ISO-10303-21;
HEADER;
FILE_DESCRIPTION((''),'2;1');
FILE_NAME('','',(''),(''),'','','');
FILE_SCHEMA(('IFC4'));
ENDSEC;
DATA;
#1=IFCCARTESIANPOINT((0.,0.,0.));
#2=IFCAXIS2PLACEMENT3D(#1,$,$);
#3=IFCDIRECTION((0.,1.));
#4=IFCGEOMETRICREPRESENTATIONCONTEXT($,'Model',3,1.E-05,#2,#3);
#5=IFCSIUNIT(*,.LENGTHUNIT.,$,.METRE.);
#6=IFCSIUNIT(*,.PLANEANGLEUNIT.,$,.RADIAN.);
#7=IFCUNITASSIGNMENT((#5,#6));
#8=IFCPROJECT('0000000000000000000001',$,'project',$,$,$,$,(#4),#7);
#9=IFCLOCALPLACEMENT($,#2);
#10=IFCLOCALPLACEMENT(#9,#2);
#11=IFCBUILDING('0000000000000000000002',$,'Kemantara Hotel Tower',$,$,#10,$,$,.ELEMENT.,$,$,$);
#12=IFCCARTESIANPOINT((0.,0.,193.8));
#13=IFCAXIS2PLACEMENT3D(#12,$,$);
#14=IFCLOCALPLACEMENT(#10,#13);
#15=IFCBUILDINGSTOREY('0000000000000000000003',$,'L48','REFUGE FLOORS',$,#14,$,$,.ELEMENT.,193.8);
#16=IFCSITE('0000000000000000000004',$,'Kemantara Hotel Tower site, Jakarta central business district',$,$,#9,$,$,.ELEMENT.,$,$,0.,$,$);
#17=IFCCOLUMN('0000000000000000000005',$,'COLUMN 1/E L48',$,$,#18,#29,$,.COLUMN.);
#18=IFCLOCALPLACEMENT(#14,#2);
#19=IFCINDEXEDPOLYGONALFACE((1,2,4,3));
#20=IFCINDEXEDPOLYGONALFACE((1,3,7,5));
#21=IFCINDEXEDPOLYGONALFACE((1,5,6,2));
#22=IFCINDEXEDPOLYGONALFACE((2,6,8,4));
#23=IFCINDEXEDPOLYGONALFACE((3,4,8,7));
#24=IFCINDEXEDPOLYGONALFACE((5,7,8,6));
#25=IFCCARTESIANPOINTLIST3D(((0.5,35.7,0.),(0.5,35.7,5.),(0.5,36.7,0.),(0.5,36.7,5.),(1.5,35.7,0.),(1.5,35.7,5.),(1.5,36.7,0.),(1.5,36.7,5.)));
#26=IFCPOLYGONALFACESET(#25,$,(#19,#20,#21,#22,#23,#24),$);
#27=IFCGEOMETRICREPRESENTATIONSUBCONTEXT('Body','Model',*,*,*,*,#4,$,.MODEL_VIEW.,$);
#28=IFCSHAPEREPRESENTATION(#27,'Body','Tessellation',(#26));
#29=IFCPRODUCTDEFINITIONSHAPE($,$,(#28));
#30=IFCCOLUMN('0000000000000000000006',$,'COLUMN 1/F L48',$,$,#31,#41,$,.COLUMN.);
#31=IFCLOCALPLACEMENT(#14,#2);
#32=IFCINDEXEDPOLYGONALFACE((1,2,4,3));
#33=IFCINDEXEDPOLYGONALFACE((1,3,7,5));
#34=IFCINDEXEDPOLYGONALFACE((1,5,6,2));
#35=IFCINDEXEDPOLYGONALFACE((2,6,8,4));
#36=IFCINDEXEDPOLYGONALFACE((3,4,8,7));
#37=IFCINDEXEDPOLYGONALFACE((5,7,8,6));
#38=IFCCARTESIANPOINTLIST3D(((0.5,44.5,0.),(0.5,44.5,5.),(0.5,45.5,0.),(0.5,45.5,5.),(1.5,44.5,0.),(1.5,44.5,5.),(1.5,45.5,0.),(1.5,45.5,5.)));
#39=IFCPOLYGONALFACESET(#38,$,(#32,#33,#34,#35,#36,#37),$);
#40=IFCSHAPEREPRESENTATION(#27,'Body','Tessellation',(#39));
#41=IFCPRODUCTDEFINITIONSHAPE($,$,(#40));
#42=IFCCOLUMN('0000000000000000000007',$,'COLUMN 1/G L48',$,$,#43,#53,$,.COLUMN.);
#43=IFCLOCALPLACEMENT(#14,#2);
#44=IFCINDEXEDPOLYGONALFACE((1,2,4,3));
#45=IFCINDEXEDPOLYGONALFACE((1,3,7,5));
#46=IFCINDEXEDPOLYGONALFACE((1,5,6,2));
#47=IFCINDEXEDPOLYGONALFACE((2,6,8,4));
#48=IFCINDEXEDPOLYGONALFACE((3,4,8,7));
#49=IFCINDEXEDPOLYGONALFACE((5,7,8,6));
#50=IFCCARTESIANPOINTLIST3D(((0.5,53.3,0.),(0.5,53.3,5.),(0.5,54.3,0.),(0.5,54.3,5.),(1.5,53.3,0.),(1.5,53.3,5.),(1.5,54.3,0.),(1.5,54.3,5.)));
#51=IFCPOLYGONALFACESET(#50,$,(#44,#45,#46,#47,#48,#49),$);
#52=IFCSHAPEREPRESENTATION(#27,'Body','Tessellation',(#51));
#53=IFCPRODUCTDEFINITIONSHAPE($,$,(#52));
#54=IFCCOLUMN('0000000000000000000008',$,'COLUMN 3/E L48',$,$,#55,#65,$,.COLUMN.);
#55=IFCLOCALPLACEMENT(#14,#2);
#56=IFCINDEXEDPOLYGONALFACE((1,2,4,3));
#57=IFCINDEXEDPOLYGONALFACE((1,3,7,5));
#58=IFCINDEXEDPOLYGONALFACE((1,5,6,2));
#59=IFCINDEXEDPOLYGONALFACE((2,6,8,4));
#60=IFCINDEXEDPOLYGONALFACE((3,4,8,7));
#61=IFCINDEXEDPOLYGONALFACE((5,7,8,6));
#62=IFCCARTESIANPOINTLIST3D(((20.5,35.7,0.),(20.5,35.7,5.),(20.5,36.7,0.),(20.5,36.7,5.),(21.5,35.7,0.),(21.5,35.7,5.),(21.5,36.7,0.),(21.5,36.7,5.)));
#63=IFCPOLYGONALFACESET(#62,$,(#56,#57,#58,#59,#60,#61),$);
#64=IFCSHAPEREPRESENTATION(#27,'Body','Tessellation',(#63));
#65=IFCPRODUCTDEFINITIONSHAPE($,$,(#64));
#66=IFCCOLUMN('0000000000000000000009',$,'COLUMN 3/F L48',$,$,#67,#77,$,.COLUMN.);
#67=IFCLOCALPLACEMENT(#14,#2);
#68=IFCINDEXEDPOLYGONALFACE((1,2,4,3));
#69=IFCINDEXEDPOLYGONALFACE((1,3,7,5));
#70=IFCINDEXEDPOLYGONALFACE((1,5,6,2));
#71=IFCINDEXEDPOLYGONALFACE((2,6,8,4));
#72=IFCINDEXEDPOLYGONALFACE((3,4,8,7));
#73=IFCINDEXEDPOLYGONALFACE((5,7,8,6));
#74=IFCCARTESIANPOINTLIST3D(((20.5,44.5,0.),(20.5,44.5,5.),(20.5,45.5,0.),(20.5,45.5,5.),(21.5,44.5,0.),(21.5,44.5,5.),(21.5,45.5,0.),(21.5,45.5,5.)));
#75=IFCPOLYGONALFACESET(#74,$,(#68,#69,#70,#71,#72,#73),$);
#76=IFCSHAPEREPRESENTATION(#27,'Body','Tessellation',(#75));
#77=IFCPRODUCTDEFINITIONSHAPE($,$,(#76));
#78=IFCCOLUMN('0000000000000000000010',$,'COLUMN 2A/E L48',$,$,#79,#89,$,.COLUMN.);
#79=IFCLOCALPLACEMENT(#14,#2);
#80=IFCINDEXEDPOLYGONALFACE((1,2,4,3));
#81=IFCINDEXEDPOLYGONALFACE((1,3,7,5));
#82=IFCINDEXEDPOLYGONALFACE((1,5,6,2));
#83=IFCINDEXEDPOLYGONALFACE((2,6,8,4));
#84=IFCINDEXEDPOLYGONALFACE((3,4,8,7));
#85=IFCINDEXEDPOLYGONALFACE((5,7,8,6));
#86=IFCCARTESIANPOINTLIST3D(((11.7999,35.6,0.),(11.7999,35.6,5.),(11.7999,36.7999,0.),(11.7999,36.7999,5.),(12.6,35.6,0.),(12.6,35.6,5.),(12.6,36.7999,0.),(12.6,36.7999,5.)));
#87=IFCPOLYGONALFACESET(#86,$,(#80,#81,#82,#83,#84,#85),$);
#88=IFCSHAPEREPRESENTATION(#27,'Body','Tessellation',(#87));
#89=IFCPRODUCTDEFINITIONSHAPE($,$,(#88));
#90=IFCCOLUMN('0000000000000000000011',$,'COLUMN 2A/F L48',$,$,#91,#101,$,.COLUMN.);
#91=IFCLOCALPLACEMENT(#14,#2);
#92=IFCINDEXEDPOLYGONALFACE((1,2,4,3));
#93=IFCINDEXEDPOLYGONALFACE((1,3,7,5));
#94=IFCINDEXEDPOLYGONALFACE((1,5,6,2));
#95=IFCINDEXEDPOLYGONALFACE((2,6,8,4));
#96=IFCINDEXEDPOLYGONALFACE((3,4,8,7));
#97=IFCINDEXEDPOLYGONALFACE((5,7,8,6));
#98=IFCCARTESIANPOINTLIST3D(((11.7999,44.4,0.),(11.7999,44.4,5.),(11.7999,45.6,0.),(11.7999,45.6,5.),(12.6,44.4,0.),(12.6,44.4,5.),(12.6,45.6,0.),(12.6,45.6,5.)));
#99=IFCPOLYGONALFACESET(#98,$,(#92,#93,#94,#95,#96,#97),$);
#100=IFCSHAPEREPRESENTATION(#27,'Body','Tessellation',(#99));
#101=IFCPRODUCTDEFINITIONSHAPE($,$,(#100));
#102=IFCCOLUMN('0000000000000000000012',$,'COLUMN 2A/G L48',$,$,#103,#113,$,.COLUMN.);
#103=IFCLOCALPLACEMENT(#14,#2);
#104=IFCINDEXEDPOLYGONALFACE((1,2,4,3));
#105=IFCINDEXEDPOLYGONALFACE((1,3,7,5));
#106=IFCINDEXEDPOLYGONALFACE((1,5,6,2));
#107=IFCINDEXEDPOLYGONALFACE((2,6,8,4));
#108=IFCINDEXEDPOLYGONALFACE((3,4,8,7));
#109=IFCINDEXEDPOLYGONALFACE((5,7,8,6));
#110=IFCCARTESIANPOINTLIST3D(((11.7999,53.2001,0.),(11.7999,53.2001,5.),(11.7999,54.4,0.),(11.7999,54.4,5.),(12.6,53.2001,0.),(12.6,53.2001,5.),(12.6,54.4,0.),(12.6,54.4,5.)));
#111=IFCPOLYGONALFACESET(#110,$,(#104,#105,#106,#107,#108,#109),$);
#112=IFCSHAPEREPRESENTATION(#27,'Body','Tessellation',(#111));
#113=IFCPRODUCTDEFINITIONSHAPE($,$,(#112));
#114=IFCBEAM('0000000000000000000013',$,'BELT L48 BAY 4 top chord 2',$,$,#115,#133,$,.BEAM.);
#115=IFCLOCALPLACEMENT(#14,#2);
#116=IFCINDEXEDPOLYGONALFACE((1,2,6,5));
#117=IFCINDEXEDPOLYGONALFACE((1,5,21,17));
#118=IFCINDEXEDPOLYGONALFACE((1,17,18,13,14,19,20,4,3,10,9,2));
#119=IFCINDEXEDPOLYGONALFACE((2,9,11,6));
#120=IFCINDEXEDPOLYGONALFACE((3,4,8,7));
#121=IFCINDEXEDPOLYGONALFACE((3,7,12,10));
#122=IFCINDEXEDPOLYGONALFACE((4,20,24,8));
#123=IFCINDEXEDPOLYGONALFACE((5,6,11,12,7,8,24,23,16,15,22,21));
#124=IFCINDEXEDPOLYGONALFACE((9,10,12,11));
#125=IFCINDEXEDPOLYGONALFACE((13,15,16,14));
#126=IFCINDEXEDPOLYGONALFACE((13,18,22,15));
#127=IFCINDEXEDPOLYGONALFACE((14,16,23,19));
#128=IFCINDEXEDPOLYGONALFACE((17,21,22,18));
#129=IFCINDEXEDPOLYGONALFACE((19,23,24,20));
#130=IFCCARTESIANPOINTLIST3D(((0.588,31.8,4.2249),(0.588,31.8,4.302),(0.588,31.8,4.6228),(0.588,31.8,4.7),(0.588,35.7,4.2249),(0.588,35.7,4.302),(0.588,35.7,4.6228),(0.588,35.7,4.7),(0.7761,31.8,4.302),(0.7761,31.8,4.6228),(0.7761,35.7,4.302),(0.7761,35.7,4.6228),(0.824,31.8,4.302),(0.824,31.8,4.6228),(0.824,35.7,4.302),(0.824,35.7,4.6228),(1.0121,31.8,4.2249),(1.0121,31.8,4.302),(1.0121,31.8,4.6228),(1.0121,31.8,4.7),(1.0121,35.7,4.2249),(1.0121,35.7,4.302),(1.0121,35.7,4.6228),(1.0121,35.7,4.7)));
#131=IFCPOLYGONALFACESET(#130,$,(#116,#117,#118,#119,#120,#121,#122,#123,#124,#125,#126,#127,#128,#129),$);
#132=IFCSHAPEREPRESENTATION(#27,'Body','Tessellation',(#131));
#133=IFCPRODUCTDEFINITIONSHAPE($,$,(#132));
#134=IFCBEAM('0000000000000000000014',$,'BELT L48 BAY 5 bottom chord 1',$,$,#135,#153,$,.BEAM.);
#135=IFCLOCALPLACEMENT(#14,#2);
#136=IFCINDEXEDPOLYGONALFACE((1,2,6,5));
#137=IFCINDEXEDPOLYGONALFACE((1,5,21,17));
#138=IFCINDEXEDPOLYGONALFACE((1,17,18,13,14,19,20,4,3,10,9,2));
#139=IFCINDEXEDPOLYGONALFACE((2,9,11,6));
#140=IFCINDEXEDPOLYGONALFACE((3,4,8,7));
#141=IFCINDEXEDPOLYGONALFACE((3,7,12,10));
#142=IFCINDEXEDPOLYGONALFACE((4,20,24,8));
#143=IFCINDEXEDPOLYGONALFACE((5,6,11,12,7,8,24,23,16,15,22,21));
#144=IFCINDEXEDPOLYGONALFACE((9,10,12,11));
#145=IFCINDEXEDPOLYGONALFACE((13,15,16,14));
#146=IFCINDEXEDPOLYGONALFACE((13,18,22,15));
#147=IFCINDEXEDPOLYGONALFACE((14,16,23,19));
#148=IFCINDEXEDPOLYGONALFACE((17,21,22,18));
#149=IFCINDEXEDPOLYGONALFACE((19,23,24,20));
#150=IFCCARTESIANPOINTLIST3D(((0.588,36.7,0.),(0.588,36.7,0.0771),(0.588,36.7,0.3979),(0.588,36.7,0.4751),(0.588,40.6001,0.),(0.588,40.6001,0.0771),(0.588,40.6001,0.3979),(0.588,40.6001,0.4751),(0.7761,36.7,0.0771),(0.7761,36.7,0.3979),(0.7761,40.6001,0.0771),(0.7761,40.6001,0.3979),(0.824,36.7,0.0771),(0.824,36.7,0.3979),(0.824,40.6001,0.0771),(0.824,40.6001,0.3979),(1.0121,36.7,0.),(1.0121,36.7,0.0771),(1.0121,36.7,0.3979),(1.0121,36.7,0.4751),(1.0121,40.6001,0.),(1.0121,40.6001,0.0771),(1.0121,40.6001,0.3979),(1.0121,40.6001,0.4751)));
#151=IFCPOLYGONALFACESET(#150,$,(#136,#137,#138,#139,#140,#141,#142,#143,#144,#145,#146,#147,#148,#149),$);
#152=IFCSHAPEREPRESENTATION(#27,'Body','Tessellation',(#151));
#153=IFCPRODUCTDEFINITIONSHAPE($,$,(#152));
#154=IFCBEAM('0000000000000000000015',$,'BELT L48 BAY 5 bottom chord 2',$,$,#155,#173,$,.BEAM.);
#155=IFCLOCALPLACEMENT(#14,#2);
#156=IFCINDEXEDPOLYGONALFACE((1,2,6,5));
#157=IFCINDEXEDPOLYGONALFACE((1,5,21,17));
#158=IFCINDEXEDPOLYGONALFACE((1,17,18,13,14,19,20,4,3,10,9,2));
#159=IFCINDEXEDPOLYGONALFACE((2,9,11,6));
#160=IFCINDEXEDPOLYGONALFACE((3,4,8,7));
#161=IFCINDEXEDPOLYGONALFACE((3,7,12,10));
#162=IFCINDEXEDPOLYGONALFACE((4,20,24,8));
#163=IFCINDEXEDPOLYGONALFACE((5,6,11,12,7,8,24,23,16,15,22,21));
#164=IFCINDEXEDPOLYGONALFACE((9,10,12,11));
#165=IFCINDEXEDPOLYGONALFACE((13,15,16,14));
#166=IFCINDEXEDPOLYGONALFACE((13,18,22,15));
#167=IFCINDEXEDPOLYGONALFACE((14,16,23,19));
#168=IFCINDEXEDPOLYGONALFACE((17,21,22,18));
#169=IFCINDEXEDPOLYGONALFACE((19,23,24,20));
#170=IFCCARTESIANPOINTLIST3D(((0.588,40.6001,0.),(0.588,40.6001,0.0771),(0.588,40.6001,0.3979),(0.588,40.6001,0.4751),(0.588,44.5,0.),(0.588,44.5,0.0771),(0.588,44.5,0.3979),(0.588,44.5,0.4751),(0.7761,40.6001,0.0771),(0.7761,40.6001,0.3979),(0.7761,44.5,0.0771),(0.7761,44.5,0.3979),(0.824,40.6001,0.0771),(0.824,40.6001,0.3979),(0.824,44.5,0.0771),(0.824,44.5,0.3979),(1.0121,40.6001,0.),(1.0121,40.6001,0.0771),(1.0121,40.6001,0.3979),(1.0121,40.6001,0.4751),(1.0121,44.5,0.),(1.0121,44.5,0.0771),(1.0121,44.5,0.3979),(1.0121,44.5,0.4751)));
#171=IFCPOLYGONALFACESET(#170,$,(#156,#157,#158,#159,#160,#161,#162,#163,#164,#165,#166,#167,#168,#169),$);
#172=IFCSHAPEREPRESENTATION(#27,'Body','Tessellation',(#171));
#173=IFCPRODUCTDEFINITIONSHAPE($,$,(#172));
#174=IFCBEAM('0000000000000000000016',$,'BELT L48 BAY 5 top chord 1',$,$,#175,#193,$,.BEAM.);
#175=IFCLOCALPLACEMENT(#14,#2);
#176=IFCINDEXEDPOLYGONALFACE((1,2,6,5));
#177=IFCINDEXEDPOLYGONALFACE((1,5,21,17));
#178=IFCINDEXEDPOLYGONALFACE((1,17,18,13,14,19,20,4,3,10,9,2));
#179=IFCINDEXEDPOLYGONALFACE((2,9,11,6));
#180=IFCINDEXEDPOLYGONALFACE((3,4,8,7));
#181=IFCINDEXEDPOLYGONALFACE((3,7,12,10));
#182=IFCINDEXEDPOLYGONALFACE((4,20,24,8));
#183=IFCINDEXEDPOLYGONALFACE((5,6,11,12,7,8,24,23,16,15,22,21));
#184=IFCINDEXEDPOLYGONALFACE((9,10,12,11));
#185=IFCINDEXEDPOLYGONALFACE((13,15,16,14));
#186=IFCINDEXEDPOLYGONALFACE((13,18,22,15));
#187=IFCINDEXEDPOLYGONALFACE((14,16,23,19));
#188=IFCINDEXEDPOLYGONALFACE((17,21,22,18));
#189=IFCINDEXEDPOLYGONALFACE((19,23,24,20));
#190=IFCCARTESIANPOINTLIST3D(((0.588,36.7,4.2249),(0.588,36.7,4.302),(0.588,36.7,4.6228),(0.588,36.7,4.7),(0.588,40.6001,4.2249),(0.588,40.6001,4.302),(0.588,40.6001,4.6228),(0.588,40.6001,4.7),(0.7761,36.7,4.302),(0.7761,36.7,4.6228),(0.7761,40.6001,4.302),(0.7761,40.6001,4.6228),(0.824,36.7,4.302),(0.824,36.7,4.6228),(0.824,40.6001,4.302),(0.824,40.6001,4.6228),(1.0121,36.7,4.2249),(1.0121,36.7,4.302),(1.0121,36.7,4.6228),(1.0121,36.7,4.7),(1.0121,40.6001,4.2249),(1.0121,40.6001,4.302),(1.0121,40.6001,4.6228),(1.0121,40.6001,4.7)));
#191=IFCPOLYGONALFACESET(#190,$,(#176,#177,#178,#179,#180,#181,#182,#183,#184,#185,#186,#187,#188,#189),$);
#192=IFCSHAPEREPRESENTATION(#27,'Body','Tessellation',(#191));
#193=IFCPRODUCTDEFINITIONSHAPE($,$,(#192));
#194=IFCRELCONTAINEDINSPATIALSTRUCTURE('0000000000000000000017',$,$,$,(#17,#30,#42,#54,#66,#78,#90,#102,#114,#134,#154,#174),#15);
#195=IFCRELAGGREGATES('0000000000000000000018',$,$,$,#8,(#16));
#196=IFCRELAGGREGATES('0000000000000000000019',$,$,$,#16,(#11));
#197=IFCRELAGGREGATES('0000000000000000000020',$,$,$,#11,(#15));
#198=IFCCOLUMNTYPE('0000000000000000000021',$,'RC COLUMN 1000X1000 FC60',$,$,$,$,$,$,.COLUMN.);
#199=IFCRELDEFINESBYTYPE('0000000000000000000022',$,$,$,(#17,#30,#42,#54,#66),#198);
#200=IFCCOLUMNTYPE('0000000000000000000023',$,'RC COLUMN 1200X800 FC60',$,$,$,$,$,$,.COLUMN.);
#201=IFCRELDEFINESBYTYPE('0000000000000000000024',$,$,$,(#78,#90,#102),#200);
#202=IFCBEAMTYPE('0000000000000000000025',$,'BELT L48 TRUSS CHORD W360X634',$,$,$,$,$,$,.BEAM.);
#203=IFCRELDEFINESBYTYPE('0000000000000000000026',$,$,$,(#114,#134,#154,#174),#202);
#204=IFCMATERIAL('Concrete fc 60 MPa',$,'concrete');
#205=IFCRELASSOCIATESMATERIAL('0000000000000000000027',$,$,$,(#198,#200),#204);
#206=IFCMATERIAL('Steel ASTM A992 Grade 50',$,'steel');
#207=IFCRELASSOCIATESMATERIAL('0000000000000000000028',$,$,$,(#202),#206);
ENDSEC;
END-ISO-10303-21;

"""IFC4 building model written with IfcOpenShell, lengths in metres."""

from ifc_helpers import new_model, si_unit, direction, frame, origin, origin_2d, place, context, subcontext, project, spatial, rectangle, i_section, extrude, material, material_profile, profile_set, type_object, element, save


model = new_model("IFC4")

# Units and contexts
model_context = context("Model", 3, precision=1e-05, world=origin(), true_north=direction((0.0, 1.0)))
body_context = subcontext(model_context, "Body", "Model", "MODEL_VIEW")
ifc_project = project(units=[si_unit("LENGTHUNIT", "METRE"), si_unit("PLANEANGLEUNIT", "RADIAN")], contexts=[model_context])

# Site, building, storey
site_placement = place(None, origin())
site = spatial("IfcSite", under=ifc_project, at=site_placement, Name="Kemantara Hotel Tower site, Jakarta central business district", CompositionType="ELEMENT", RefElevation=0.0)
building_placement = place(site_placement, origin())
building = spatial("IfcBuilding", under=site, at=building_placement, Name="Kemantara Hotel Tower", CompositionType="ELEMENT")
storey_placement = place(building_placement, frame((0.0, 0.0, 193.8)))
storey = spatial("IfcBuildingStorey", under=building, at=storey_placement, Name="L48", Description="REFUGE FLOORS", CompositionType="ELEMENT", Elevation=193.8)

# Columns
ifc_material_1 = material(Name="Concrete fc 60 MPa", Category="concrete")
ifc_material_profile_1 = material_profile(ifc_material_1, rectangle(XDim=1.0, YDim=1.0, at=origin_2d()), Name="RC 1000X1000")
ifc_profile_set_1 = profile_set([ifc_material_profile_1], Name="Concrete fc 60 MPa")
column_type_1 = type_object("IfcColumnType", Name="RC COLUMN 1000X1000 FC60", PredefinedType="COLUMN", material=ifc_profile_set_1)
for number, where, z_axis, x_axis, name in (
    (1, (1.0, 36.2, 0.0), (0.0, 0.0, 1.0), (1.0, 0.0, 0.0), "COLUMN 1/E L48"),
    (2, (1.0, 45.0, 0.0), (0.0, 0.0, 1.0), (1.0, 0.0, 0.0), "COLUMN 1/F L48"),
    (3, (1.0, 53.8, 0.0), (0.0, 0.0, 1.0), (1.0, 0.0, 0.0), "COLUMN 1/G L48"),
    (4, (21.0, 36.2, 0.0), (0.0, 0.0, 1.0), (1.0, 0.0, 0.0), "COLUMN 3/E L48"),
    (5, (21.0, 45.0, 0.0), (0.0, 0.0, 1.0), (1.0, 0.0, 0.0), "COLUMN 3/F L48"),
):
    element("IfcColumn", number, at=place(storey_placement, frame(where, z_axis=z_axis, x_axis=x_axis)), inside=storey, type_object=column_type_1, Name=name, PredefinedType="COLUMN", context=body_context, shape_type="SweptSolid", body=[
        extrude(rectangle(XDim=1.0, YDim=1.0, at=origin_2d()), origin(), (0.0, 0.0, 1.0), 5.0),
    ])
ifc_material_profile_2 = material_profile(ifc_material_1, rectangle(XDim=1.2, YDim=0.8, at=origin_2d()), Name="RC 1200X800")
ifc_profile_set_2 = profile_set([ifc_material_profile_2], Name="Concrete fc 60 MPa")
column_type_2 = type_object("IfcColumnType", Name="RC COLUMN 1200X800 FC60", PredefinedType="COLUMN", material=ifc_profile_set_2)
for number, where, z_axis, x_axis, name in (
    (6, (12.2, 36.2, 0.0), (0.0, 0.0, 1.0), (0.0, 1.0, 0.0), "COLUMN 2A/E L48"),
    (7, (12.2, 45.0, 0.0), (0.0, 0.0, 1.0), (0.0, 1.0, 0.0), "COLUMN 2A/F L48"),
    (8, (12.2, 53.8, 0.0), (0.0, 0.0, 1.0), (0.0, 1.0, 0.0), "COLUMN 2A/G L48"),
):
    element("IfcColumn", number, at=place(storey_placement, frame(where, z_axis=z_axis, x_axis=x_axis)), inside=storey, type_object=column_type_2, Name=name, PredefinedType="COLUMN", context=body_context, shape_type="SweptSolid", body=[
        extrude(rectangle(XDim=1.2, YDim=0.8, at=origin_2d()), origin(), (0.0, 0.0, 1.0), 5.0),
    ])

# Beams
ifc_material_2 = material(Name="Steel ASTM A992 Grade 50", Category="steel")
ifc_material_profile_3 = material_profile(ifc_material_2, i_section(OverallWidth=0.4241, OverallDepth=0.4751, WebThickness=0.0479, FlangeThickness=0.0771, at=origin_2d()), Name="W360X634")
ifc_profile_set_3 = profile_set([ifc_material_profile_3], Name="Steel ASTM A992 Grade 50")
beam_type = type_object("IfcBeamType", Name="BELT L48 TRUSS CHORD W360X634", PredefinedType="BEAM", material=ifc_profile_set_3)
beam_1_placement = place(storey_placement, frame((0.8, 31.8, 4.4624), z_axis=(0.0, 1.0, 0.0), x_axis=(-1.0, 0.0, 0.0)))
element("IfcBeam", 9, at=beam_1_placement, inside=storey, type_object=beam_type, Name="BELT L48 BAY 4 top chord 2", PredefinedType="BEAM", context=body_context, shape_type="SweptSolid", body=[
    extrude(i_section(OverallWidth=0.4241, OverallDepth=0.4751, WebThickness=0.0479, FlangeThickness=0.0771, at=origin_2d()), origin(), (0.0, 0.0, 1.0), 3.8999),
])
beam_2_placement = place(storey_placement, frame((0.8, 36.7, 0.2375), z_axis=(0.0, 1.0, 0.0), x_axis=(-1.0, 0.0, 0.0)))
element("IfcBeam", 10, at=beam_2_placement, inside=storey, type_object=beam_type, Name="BELT L48 BAY 5 bottom chord 1", PredefinedType="BEAM", context=body_context, shape_type="SweptSolid", body=[
    extrude(i_section(OverallWidth=0.4241, OverallDepth=0.4751, WebThickness=0.0479, FlangeThickness=0.0771, at=origin_2d()), origin(), (0.0, 0.0, 1.0), 3.9001),
])
beam_3_placement = place(storey_placement, frame((0.8, 40.6001, 0.2375), z_axis=(0.0, 1.0, 0.0), x_axis=(-1.0, 0.0, 0.0)))
element("IfcBeam", 11, at=beam_3_placement, inside=storey, type_object=beam_type, Name="BELT L48 BAY 5 bottom chord 2", PredefinedType="BEAM", context=body_context, shape_type="SweptSolid", body=[
    extrude(i_section(OverallWidth=0.4241, OverallDepth=0.4751, WebThickness=0.0479, FlangeThickness=0.0771, at=origin_2d()), origin(), (0.0, 0.0, 1.0), 3.8999),
])
beam_4_placement = place(storey_placement, frame((0.8, 36.7, 4.4624), z_axis=(0.0, 1.0, 0.0), x_axis=(-1.0, 0.0, 0.0)))
element("IfcBeam", 12, at=beam_4_placement, inside=storey, type_object=beam_type, Name="BELT L48 BAY 5 top chord 1", PredefinedType="BEAM", context=body_context, shape_type="SweptSolid", body=[
    extrude(i_section(OverallWidth=0.4241, OverallDepth=0.4751, WebThickness=0.0479, FlangeThickness=0.0771, at=origin_2d()), origin(), (0.0, 0.0, 1.0), 3.9001),
])

save(model, "model.ifc")
